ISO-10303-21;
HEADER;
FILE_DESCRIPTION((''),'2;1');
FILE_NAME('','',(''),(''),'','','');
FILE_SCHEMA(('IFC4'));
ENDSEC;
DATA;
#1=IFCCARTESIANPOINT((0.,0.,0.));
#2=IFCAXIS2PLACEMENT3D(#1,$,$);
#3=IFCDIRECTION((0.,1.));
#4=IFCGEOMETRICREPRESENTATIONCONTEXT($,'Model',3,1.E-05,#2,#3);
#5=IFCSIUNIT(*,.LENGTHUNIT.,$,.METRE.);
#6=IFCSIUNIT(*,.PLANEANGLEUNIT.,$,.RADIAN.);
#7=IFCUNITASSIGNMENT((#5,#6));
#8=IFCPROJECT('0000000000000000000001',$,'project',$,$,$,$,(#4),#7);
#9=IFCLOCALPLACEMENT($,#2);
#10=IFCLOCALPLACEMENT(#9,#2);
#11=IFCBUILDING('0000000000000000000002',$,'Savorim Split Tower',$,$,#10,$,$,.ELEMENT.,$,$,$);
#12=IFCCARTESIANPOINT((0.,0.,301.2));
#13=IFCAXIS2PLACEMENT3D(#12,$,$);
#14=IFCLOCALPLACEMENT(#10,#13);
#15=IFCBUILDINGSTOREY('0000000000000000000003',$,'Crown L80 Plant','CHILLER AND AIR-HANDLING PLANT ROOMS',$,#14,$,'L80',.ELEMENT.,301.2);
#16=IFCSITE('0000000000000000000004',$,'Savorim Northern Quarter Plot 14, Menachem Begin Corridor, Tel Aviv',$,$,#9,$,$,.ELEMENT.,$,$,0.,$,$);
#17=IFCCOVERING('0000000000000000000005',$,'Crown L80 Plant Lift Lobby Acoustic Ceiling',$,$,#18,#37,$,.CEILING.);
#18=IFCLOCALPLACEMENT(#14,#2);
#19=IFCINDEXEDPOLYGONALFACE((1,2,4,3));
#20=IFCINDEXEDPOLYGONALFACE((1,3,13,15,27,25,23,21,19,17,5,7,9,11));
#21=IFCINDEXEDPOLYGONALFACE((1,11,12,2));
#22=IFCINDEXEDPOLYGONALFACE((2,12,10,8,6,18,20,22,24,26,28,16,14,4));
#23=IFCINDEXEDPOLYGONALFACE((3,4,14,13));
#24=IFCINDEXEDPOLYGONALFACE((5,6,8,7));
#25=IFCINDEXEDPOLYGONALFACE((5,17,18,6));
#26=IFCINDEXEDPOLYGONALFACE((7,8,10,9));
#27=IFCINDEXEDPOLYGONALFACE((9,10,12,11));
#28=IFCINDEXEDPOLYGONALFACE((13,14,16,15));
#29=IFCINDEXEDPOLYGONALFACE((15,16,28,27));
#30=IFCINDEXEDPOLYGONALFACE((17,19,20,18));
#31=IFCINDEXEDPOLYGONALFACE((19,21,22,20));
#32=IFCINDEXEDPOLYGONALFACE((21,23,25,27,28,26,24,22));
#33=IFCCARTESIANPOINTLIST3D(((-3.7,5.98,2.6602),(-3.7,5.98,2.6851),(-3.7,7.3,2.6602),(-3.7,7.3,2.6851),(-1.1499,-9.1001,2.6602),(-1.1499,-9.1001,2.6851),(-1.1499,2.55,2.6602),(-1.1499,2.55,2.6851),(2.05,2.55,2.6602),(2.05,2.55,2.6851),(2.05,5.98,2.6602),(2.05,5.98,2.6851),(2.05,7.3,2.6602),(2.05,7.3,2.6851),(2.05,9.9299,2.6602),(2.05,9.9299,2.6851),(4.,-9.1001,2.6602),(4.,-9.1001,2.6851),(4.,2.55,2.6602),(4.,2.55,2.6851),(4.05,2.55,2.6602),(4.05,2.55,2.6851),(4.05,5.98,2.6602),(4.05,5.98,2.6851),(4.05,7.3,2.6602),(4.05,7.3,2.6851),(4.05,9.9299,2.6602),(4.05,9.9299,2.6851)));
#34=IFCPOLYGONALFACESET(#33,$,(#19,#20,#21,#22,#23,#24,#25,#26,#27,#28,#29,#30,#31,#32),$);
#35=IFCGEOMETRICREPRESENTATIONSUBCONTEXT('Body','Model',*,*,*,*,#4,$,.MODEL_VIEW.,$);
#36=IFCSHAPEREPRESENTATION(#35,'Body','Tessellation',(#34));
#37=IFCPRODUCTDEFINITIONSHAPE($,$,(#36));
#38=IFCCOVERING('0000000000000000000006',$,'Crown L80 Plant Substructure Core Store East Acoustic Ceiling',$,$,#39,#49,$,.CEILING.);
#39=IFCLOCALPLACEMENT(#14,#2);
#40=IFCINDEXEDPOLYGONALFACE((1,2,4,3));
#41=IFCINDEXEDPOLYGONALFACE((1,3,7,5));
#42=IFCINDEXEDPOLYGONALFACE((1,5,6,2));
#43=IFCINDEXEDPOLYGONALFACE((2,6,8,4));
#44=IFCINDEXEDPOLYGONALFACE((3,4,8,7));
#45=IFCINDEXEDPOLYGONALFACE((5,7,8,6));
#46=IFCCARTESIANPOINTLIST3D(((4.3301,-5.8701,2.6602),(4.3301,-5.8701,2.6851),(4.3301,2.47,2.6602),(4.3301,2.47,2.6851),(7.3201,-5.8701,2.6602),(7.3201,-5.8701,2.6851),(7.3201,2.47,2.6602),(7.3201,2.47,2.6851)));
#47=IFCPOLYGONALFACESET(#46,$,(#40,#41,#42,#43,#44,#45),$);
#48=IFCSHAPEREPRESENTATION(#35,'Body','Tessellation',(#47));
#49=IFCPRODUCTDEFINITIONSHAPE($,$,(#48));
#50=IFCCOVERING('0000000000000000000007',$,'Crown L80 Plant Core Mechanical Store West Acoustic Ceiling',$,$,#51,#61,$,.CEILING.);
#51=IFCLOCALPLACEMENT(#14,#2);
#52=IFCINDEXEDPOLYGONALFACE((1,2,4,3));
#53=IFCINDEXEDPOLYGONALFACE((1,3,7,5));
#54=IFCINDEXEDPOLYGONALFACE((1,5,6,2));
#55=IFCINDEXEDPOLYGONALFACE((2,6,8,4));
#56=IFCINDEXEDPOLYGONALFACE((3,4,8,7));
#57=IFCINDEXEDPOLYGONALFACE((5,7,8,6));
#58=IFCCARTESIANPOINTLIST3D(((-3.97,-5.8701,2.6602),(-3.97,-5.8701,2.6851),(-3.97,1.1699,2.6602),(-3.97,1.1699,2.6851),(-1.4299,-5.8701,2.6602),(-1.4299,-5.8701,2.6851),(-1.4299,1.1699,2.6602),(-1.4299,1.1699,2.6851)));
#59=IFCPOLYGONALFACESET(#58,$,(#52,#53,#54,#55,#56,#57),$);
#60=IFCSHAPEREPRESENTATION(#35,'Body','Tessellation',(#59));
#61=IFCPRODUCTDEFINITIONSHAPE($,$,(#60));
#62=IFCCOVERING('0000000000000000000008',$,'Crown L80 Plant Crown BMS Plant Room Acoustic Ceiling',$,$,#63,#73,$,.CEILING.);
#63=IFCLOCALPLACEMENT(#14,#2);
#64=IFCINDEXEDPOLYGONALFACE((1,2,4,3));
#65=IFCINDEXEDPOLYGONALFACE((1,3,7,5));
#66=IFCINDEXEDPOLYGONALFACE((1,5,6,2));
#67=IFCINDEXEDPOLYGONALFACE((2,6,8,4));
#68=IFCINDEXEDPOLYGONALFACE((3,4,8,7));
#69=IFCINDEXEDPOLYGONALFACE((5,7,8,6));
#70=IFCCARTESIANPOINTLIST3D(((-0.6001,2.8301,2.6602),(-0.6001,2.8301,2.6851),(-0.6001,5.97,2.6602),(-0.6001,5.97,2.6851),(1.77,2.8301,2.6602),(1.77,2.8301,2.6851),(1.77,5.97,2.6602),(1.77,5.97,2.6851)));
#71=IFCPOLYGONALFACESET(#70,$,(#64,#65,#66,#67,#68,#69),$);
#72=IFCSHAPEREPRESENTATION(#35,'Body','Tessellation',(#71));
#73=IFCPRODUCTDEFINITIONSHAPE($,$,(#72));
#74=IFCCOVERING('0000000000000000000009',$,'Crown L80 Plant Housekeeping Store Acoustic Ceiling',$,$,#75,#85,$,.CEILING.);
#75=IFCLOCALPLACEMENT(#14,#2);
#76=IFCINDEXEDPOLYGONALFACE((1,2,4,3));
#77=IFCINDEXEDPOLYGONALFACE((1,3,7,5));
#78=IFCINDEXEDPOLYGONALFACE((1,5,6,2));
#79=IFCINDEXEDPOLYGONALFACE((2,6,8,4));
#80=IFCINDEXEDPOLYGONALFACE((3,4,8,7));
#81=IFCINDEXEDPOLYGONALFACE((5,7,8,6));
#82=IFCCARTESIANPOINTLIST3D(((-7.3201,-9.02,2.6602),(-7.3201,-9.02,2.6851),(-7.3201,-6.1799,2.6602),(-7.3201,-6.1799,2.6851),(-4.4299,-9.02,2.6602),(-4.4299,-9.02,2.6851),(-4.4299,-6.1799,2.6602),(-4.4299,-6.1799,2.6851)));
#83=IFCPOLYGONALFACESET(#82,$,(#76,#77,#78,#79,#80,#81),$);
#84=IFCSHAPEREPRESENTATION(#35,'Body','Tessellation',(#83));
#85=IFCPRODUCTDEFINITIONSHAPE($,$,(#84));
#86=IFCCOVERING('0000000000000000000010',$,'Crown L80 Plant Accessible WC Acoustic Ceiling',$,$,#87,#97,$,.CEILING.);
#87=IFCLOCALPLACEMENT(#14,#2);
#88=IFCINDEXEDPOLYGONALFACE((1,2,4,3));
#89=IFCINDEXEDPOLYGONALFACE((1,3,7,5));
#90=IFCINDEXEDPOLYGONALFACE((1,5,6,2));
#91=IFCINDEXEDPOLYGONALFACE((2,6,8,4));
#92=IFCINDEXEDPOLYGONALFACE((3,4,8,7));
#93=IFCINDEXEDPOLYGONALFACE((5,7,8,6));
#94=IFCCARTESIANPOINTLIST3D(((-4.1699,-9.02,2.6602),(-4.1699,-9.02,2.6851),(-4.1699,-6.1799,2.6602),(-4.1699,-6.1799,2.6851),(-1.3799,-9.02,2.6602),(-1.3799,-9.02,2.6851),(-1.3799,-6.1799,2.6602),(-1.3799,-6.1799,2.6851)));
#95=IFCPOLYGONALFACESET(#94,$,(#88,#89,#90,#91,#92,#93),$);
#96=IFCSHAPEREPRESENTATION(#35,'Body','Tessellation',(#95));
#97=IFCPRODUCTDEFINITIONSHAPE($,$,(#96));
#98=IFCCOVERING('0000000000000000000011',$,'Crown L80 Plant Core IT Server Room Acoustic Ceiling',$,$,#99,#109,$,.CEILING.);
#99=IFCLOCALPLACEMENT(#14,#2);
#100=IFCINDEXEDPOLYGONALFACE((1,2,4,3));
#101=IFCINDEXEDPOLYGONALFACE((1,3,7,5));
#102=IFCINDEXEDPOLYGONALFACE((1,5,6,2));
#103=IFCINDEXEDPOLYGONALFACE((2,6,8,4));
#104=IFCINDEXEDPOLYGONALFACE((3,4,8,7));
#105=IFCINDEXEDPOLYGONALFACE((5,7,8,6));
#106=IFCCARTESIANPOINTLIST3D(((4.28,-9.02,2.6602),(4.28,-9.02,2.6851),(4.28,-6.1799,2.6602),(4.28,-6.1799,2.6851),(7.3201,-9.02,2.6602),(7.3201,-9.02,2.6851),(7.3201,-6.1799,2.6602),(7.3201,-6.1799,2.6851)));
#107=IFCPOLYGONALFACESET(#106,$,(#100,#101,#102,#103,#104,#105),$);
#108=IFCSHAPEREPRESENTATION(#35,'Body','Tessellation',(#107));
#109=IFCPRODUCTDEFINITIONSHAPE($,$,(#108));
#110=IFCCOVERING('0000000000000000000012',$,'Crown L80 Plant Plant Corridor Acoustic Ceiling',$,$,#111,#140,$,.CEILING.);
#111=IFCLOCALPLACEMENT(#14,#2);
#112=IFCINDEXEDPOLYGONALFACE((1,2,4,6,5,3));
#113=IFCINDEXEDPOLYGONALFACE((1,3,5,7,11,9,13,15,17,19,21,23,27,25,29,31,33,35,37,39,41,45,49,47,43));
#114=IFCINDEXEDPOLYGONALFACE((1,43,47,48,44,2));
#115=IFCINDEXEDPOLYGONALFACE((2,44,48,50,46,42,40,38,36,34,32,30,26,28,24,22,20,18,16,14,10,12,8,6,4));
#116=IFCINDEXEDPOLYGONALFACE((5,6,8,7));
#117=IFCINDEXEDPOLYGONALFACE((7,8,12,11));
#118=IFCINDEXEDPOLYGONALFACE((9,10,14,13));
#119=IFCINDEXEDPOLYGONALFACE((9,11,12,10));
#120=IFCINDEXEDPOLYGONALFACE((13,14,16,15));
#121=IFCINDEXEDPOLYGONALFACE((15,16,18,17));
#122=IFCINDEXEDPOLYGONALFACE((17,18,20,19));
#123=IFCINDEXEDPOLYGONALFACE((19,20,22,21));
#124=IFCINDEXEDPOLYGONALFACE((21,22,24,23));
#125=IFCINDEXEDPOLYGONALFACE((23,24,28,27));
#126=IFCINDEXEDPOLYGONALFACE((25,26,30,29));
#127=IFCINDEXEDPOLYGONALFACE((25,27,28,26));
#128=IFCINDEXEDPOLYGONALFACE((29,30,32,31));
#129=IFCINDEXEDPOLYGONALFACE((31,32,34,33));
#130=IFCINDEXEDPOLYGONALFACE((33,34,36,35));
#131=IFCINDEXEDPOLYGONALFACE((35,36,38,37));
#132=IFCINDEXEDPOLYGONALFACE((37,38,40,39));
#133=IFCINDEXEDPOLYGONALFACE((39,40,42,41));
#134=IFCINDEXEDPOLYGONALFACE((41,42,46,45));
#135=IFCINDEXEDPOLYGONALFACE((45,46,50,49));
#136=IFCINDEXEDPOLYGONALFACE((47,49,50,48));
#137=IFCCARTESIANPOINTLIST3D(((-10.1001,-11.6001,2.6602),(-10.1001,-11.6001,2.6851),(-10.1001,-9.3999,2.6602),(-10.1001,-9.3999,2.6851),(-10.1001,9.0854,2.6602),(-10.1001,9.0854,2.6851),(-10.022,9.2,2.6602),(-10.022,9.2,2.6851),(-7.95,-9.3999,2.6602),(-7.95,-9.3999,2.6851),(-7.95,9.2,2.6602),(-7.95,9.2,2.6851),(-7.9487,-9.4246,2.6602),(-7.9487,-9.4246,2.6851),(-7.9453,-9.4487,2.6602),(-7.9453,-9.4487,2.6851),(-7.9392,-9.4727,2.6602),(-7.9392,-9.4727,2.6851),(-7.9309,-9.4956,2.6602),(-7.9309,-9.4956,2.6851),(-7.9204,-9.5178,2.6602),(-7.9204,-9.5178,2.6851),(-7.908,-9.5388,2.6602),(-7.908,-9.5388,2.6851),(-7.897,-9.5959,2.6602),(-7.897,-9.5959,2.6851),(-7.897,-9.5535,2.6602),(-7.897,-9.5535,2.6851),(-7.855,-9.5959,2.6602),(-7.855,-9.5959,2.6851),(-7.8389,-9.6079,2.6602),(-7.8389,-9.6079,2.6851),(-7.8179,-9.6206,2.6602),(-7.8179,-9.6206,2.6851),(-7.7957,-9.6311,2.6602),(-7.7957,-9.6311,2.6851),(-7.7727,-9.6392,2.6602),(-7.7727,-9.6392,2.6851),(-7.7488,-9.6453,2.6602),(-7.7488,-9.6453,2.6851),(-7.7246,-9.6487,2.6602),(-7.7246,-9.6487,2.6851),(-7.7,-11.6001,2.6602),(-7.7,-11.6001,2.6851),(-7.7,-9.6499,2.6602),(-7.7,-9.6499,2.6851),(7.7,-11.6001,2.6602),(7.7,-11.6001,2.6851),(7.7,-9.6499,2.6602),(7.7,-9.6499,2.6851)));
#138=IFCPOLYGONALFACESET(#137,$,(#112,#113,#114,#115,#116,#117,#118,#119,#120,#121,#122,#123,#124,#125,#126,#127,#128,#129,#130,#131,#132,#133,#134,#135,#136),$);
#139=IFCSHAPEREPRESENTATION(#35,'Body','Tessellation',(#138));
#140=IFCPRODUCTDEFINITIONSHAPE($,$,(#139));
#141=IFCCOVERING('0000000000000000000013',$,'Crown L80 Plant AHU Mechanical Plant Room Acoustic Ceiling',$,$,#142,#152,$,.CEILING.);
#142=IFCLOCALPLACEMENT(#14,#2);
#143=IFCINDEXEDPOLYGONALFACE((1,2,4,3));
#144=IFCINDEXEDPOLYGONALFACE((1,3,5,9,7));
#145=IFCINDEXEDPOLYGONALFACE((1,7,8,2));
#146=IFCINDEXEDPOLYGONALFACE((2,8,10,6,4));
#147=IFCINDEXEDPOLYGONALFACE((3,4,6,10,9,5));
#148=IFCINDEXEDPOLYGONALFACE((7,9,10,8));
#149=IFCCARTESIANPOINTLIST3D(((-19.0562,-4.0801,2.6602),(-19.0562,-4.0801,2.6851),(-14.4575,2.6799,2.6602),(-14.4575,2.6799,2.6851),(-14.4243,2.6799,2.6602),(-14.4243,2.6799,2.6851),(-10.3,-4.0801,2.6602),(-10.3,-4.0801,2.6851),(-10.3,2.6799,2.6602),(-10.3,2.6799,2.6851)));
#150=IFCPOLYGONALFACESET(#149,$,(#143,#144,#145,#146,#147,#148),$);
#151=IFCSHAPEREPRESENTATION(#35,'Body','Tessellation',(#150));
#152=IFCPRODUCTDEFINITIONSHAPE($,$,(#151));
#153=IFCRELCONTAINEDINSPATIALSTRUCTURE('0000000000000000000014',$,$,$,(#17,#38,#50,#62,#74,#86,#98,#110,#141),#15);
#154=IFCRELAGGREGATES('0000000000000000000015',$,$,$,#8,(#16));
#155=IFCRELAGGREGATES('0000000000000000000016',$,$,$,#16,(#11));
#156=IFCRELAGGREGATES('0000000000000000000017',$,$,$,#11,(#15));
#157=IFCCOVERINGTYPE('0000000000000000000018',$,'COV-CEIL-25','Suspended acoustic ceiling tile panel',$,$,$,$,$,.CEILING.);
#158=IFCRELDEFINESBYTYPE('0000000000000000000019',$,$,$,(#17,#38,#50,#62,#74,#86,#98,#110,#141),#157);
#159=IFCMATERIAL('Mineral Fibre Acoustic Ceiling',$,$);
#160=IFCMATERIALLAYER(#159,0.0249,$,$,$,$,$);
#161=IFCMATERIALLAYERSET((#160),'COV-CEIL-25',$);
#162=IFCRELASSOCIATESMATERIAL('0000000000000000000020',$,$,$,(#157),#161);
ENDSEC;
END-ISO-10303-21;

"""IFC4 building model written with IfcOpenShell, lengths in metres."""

from ifc_helpers import new_model, si_unit, direction, frame, origin, place, context, subcontext, project, spatial, polyline, outline, extrude, material, layer, layer_set, type_object, element, save


model = new_model("IFC4")

# Units and contexts
model_context = context("Model", 3, precision=1e-05, world=origin(), true_north=direction((0.0, 1.0)))
body_context = subcontext(model_context, "Body", "Model", "MODEL_VIEW")
ifc_project = project(units=[si_unit("LENGTHUNIT", "METRE"), si_unit("PLANEANGLEUNIT", "RADIAN")], contexts=[model_context])

# Site, building, storey
site_placement = place(None, origin())
site = spatial("IfcSite", under=ifc_project, at=site_placement, Name="Savorim Northern Quarter Plot 14, Menachem Begin Corridor, Tel Aviv", CompositionType="ELEMENT", RefElevation=0.0)
building_placement = place(site_placement, origin())
building = spatial("IfcBuilding", under=site, at=building_placement, Name="Savorim Split Tower", CompositionType="ELEMENT")
storey_placement = place(building_placement, frame((0.0, 0.0, 301.2)))
storey = spatial("IfcBuildingStorey", under=building, at=storey_placement, Name="Crown L80 Plant", Description="CHILLER AND AIR-HANDLING PLANT ROOMS", LongName="L80", CompositionType="ELEMENT", Elevation=301.2)

# Coverings
ifc_material_1 = material(Name="Mineral Fibre Acoustic Ceiling")
ifc_layer_1 = layer(ifc_material_1, 0.0249)
ifc_layer_set_1 = layer_set([ifc_layer_1], Name="COV-CEIL-25")
covering_type_1 = type_object("IfcCoveringType", Name="COV-CEIL-25", Description="Suspended acoustic ceiling tile panel", PredefinedType="CEILING", material=ifc_layer_set_1)
covering_1_placement = place(storey_placement, frame((0.0, 0.0, 2.6602)))
element("IfcCovering", 1, at=covering_1_placement, inside=storey, type_object=covering_type_1, Name="Crown L80 Plant Lift Lobby Acoustic Ceiling", PredefinedType="CEILING", context=body_context, shape_type="SweptSolid", body=[
    extrude(outline(polyline([(2.05, 2.55), (-1.1499, 2.55), (-1.1499, -9.1001), (4.0, -9.1001), (4.0, 2.55), (4.05, 2.55), (4.05, 5.98), (4.05, 7.3), (4.05, 9.9299), (2.05, 9.9299), (2.05, 7.3), (-3.7, 7.3), (-3.7, 5.98), (2.05, 5.98), (2.05, 2.55)])), origin(), (0.0, 0.0, 1.0), 0.0249),
])
covering_2_placement = place(storey_placement, frame((0.0, 0.0, 2.6602)))
element("IfcCovering", 2, at=covering_2_placement, inside=storey, type_object=covering_type_1, Name="Crown L80 Plant Substructure Core Store East Acoustic Ceiling", PredefinedType="CEILING", context=body_context, shape_type="SweptSolid", body=[
    extrude(outline(polyline([(4.3301, 2.47), (4.3301, -5.8701), (7.3201, -5.8701), (7.3201, 2.47), (4.3301, 2.47)])), origin(), (0.0, 0.0, 1.0), 0.0249),
])
covering_3_placement = place(storey_placement, frame((0.0, 0.0, 2.6602)))
element("IfcCovering", 3, at=covering_3_placement, inside=storey, type_object=covering_type_1, Name="Crown L80 Plant Core Mechanical Store West Acoustic Ceiling", PredefinedType="CEILING", context=body_context, shape_type="SweptSolid", body=[
    extrude(outline(polyline([(-3.97, 1.1699), (-3.97, -5.8701), (-1.4299, -5.8701), (-1.4299, 1.1699), (-3.97, 1.1699)])), origin(), (0.0, 0.0, 1.0), 0.0249),
])
covering_4_placement = place(storey_placement, frame((0.0, 0.0, 2.6602)))
element("IfcCovering", 4, at=covering_4_placement, inside=storey, type_object=covering_type_1, Name="Crown L80 Plant Crown BMS Plant Room Acoustic Ceiling", PredefinedType="CEILING", context=body_context, shape_type="SweptSolid", body=[
    extrude(outline(polyline([(1.77, 5.97), (-0.6001, 5.97), (-0.6001, 2.8301), (1.77, 2.8301), (1.77, 5.97)])), origin(), (0.0, 0.0, 1.0), 0.0249),
])
covering_5_placement = place(storey_placement, frame((0.0, 0.0, 2.6602)))
element("IfcCovering", 5, at=covering_5_placement, inside=storey, type_object=covering_type_1, Name="Crown L80 Plant Housekeeping Store Acoustic Ceiling", PredefinedType="CEILING", context=body_context, shape_type="SweptSolid", body=[
    extrude(outline(polyline([(-7.3201, -6.1799), (-7.3201, -9.02), (-4.4299, -9.02), (-4.4299, -6.1799), (-7.3201, -6.1799)])), origin(), (0.0, 0.0, 1.0), 0.0249),
])
covering_6_placement = place(storey_placement, frame((0.0, 0.0, 2.6602)))
element("IfcCovering", 6, at=covering_6_placement, inside=storey, type_object=covering_type_1, Name="Crown L80 Plant Accessible WC Acoustic Ceiling", PredefinedType="CEILING", context=body_context, shape_type="SweptSolid", body=[
    extrude(outline(polyline([(-4.1699, -6.1799), (-4.1699, -9.02), (-1.3799, -9.02), (-1.3799, -6.1799), (-4.1699, -6.1799)])), origin(), (0.0, 0.0, 1.0), 0.0249),
])
covering_7_placement = place(storey_placement, frame((0.0, 0.0, 2.6602)))
element("IfcCovering", 7, at=covering_7_placement, inside=storey, type_object=covering_type_1, Name="Crown L80 Plant Core IT Server Room Acoustic Ceiling", PredefinedType="CEILING", context=body_context, shape_type="SweptSolid", body=[
    extrude(outline(polyline([(4.28, -6.1799), (4.28, -9.02), (7.3201, -9.02), (7.3201, -6.1799), (4.28, -6.1799)])), origin(), (0.0, 0.0, 1.0), 0.0249),
])
covering_8_placement = place(storey_placement, frame((0.0, 0.0, 2.6602)))
element("IfcCovering", 8, at=covering_8_placement, inside=storey, type_object=covering_type_1, Name="Crown L80 Plant Plant Corridor Acoustic Ceiling", PredefinedType="CEILING", context=body_context, shape_type="SweptSolid", body=[
    extrude(outline(polyline([(-10.1001, -11.6001), (-7.7, -11.6001), (7.7, -11.6001), (7.7, -9.6499), (-7.7, -9.6499), (-7.7246, -9.6487), (-7.7488, -9.6453), (-7.7727, -9.6392), (-7.7957, -9.6311), (-7.8179, -9.6206), (-7.8389, -9.6079), (-7.855, -9.5959), (-7.897, -9.5959), (-7.897, -9.5535), (-7.908, -9.5388), (-7.9204, -9.5178), (-7.9309, -9.4956), (-7.9392, -9.4727), (-7.9453, -9.4487), (-7.9487, -9.4246), (-7.95, -9.3999), (-7.95, 9.2), (-10.022, 9.2), (-10.1001, 9.0854), (-10.1001, -9.3999), (-10.1001, -11.6001)])), origin(), (0.0, 0.0, 1.0), 0.0249),
])
covering_9_placement = place(storey_placement, frame((0.0, 0.0, 2.6602)))
element("IfcCovering", 9, at=covering_9_placement, inside=storey, type_object=covering_type_1, Name="Crown L80 Plant AHU Mechanical Plant Room Acoustic Ceiling", PredefinedType="CEILING", context=body_context, shape_type="SweptSolid", body=[
    extrude(outline(polyline([(-10.3, 2.6799), (-14.4243, 2.6799), (-14.4575, 2.6799), (-19.0562, -4.0801), (-10.3, -4.0801), (-10.3, 2.6799)])), origin(), (0.0, 0.0, 1.0), 0.0249),
])

save(model, "model.ifc")
